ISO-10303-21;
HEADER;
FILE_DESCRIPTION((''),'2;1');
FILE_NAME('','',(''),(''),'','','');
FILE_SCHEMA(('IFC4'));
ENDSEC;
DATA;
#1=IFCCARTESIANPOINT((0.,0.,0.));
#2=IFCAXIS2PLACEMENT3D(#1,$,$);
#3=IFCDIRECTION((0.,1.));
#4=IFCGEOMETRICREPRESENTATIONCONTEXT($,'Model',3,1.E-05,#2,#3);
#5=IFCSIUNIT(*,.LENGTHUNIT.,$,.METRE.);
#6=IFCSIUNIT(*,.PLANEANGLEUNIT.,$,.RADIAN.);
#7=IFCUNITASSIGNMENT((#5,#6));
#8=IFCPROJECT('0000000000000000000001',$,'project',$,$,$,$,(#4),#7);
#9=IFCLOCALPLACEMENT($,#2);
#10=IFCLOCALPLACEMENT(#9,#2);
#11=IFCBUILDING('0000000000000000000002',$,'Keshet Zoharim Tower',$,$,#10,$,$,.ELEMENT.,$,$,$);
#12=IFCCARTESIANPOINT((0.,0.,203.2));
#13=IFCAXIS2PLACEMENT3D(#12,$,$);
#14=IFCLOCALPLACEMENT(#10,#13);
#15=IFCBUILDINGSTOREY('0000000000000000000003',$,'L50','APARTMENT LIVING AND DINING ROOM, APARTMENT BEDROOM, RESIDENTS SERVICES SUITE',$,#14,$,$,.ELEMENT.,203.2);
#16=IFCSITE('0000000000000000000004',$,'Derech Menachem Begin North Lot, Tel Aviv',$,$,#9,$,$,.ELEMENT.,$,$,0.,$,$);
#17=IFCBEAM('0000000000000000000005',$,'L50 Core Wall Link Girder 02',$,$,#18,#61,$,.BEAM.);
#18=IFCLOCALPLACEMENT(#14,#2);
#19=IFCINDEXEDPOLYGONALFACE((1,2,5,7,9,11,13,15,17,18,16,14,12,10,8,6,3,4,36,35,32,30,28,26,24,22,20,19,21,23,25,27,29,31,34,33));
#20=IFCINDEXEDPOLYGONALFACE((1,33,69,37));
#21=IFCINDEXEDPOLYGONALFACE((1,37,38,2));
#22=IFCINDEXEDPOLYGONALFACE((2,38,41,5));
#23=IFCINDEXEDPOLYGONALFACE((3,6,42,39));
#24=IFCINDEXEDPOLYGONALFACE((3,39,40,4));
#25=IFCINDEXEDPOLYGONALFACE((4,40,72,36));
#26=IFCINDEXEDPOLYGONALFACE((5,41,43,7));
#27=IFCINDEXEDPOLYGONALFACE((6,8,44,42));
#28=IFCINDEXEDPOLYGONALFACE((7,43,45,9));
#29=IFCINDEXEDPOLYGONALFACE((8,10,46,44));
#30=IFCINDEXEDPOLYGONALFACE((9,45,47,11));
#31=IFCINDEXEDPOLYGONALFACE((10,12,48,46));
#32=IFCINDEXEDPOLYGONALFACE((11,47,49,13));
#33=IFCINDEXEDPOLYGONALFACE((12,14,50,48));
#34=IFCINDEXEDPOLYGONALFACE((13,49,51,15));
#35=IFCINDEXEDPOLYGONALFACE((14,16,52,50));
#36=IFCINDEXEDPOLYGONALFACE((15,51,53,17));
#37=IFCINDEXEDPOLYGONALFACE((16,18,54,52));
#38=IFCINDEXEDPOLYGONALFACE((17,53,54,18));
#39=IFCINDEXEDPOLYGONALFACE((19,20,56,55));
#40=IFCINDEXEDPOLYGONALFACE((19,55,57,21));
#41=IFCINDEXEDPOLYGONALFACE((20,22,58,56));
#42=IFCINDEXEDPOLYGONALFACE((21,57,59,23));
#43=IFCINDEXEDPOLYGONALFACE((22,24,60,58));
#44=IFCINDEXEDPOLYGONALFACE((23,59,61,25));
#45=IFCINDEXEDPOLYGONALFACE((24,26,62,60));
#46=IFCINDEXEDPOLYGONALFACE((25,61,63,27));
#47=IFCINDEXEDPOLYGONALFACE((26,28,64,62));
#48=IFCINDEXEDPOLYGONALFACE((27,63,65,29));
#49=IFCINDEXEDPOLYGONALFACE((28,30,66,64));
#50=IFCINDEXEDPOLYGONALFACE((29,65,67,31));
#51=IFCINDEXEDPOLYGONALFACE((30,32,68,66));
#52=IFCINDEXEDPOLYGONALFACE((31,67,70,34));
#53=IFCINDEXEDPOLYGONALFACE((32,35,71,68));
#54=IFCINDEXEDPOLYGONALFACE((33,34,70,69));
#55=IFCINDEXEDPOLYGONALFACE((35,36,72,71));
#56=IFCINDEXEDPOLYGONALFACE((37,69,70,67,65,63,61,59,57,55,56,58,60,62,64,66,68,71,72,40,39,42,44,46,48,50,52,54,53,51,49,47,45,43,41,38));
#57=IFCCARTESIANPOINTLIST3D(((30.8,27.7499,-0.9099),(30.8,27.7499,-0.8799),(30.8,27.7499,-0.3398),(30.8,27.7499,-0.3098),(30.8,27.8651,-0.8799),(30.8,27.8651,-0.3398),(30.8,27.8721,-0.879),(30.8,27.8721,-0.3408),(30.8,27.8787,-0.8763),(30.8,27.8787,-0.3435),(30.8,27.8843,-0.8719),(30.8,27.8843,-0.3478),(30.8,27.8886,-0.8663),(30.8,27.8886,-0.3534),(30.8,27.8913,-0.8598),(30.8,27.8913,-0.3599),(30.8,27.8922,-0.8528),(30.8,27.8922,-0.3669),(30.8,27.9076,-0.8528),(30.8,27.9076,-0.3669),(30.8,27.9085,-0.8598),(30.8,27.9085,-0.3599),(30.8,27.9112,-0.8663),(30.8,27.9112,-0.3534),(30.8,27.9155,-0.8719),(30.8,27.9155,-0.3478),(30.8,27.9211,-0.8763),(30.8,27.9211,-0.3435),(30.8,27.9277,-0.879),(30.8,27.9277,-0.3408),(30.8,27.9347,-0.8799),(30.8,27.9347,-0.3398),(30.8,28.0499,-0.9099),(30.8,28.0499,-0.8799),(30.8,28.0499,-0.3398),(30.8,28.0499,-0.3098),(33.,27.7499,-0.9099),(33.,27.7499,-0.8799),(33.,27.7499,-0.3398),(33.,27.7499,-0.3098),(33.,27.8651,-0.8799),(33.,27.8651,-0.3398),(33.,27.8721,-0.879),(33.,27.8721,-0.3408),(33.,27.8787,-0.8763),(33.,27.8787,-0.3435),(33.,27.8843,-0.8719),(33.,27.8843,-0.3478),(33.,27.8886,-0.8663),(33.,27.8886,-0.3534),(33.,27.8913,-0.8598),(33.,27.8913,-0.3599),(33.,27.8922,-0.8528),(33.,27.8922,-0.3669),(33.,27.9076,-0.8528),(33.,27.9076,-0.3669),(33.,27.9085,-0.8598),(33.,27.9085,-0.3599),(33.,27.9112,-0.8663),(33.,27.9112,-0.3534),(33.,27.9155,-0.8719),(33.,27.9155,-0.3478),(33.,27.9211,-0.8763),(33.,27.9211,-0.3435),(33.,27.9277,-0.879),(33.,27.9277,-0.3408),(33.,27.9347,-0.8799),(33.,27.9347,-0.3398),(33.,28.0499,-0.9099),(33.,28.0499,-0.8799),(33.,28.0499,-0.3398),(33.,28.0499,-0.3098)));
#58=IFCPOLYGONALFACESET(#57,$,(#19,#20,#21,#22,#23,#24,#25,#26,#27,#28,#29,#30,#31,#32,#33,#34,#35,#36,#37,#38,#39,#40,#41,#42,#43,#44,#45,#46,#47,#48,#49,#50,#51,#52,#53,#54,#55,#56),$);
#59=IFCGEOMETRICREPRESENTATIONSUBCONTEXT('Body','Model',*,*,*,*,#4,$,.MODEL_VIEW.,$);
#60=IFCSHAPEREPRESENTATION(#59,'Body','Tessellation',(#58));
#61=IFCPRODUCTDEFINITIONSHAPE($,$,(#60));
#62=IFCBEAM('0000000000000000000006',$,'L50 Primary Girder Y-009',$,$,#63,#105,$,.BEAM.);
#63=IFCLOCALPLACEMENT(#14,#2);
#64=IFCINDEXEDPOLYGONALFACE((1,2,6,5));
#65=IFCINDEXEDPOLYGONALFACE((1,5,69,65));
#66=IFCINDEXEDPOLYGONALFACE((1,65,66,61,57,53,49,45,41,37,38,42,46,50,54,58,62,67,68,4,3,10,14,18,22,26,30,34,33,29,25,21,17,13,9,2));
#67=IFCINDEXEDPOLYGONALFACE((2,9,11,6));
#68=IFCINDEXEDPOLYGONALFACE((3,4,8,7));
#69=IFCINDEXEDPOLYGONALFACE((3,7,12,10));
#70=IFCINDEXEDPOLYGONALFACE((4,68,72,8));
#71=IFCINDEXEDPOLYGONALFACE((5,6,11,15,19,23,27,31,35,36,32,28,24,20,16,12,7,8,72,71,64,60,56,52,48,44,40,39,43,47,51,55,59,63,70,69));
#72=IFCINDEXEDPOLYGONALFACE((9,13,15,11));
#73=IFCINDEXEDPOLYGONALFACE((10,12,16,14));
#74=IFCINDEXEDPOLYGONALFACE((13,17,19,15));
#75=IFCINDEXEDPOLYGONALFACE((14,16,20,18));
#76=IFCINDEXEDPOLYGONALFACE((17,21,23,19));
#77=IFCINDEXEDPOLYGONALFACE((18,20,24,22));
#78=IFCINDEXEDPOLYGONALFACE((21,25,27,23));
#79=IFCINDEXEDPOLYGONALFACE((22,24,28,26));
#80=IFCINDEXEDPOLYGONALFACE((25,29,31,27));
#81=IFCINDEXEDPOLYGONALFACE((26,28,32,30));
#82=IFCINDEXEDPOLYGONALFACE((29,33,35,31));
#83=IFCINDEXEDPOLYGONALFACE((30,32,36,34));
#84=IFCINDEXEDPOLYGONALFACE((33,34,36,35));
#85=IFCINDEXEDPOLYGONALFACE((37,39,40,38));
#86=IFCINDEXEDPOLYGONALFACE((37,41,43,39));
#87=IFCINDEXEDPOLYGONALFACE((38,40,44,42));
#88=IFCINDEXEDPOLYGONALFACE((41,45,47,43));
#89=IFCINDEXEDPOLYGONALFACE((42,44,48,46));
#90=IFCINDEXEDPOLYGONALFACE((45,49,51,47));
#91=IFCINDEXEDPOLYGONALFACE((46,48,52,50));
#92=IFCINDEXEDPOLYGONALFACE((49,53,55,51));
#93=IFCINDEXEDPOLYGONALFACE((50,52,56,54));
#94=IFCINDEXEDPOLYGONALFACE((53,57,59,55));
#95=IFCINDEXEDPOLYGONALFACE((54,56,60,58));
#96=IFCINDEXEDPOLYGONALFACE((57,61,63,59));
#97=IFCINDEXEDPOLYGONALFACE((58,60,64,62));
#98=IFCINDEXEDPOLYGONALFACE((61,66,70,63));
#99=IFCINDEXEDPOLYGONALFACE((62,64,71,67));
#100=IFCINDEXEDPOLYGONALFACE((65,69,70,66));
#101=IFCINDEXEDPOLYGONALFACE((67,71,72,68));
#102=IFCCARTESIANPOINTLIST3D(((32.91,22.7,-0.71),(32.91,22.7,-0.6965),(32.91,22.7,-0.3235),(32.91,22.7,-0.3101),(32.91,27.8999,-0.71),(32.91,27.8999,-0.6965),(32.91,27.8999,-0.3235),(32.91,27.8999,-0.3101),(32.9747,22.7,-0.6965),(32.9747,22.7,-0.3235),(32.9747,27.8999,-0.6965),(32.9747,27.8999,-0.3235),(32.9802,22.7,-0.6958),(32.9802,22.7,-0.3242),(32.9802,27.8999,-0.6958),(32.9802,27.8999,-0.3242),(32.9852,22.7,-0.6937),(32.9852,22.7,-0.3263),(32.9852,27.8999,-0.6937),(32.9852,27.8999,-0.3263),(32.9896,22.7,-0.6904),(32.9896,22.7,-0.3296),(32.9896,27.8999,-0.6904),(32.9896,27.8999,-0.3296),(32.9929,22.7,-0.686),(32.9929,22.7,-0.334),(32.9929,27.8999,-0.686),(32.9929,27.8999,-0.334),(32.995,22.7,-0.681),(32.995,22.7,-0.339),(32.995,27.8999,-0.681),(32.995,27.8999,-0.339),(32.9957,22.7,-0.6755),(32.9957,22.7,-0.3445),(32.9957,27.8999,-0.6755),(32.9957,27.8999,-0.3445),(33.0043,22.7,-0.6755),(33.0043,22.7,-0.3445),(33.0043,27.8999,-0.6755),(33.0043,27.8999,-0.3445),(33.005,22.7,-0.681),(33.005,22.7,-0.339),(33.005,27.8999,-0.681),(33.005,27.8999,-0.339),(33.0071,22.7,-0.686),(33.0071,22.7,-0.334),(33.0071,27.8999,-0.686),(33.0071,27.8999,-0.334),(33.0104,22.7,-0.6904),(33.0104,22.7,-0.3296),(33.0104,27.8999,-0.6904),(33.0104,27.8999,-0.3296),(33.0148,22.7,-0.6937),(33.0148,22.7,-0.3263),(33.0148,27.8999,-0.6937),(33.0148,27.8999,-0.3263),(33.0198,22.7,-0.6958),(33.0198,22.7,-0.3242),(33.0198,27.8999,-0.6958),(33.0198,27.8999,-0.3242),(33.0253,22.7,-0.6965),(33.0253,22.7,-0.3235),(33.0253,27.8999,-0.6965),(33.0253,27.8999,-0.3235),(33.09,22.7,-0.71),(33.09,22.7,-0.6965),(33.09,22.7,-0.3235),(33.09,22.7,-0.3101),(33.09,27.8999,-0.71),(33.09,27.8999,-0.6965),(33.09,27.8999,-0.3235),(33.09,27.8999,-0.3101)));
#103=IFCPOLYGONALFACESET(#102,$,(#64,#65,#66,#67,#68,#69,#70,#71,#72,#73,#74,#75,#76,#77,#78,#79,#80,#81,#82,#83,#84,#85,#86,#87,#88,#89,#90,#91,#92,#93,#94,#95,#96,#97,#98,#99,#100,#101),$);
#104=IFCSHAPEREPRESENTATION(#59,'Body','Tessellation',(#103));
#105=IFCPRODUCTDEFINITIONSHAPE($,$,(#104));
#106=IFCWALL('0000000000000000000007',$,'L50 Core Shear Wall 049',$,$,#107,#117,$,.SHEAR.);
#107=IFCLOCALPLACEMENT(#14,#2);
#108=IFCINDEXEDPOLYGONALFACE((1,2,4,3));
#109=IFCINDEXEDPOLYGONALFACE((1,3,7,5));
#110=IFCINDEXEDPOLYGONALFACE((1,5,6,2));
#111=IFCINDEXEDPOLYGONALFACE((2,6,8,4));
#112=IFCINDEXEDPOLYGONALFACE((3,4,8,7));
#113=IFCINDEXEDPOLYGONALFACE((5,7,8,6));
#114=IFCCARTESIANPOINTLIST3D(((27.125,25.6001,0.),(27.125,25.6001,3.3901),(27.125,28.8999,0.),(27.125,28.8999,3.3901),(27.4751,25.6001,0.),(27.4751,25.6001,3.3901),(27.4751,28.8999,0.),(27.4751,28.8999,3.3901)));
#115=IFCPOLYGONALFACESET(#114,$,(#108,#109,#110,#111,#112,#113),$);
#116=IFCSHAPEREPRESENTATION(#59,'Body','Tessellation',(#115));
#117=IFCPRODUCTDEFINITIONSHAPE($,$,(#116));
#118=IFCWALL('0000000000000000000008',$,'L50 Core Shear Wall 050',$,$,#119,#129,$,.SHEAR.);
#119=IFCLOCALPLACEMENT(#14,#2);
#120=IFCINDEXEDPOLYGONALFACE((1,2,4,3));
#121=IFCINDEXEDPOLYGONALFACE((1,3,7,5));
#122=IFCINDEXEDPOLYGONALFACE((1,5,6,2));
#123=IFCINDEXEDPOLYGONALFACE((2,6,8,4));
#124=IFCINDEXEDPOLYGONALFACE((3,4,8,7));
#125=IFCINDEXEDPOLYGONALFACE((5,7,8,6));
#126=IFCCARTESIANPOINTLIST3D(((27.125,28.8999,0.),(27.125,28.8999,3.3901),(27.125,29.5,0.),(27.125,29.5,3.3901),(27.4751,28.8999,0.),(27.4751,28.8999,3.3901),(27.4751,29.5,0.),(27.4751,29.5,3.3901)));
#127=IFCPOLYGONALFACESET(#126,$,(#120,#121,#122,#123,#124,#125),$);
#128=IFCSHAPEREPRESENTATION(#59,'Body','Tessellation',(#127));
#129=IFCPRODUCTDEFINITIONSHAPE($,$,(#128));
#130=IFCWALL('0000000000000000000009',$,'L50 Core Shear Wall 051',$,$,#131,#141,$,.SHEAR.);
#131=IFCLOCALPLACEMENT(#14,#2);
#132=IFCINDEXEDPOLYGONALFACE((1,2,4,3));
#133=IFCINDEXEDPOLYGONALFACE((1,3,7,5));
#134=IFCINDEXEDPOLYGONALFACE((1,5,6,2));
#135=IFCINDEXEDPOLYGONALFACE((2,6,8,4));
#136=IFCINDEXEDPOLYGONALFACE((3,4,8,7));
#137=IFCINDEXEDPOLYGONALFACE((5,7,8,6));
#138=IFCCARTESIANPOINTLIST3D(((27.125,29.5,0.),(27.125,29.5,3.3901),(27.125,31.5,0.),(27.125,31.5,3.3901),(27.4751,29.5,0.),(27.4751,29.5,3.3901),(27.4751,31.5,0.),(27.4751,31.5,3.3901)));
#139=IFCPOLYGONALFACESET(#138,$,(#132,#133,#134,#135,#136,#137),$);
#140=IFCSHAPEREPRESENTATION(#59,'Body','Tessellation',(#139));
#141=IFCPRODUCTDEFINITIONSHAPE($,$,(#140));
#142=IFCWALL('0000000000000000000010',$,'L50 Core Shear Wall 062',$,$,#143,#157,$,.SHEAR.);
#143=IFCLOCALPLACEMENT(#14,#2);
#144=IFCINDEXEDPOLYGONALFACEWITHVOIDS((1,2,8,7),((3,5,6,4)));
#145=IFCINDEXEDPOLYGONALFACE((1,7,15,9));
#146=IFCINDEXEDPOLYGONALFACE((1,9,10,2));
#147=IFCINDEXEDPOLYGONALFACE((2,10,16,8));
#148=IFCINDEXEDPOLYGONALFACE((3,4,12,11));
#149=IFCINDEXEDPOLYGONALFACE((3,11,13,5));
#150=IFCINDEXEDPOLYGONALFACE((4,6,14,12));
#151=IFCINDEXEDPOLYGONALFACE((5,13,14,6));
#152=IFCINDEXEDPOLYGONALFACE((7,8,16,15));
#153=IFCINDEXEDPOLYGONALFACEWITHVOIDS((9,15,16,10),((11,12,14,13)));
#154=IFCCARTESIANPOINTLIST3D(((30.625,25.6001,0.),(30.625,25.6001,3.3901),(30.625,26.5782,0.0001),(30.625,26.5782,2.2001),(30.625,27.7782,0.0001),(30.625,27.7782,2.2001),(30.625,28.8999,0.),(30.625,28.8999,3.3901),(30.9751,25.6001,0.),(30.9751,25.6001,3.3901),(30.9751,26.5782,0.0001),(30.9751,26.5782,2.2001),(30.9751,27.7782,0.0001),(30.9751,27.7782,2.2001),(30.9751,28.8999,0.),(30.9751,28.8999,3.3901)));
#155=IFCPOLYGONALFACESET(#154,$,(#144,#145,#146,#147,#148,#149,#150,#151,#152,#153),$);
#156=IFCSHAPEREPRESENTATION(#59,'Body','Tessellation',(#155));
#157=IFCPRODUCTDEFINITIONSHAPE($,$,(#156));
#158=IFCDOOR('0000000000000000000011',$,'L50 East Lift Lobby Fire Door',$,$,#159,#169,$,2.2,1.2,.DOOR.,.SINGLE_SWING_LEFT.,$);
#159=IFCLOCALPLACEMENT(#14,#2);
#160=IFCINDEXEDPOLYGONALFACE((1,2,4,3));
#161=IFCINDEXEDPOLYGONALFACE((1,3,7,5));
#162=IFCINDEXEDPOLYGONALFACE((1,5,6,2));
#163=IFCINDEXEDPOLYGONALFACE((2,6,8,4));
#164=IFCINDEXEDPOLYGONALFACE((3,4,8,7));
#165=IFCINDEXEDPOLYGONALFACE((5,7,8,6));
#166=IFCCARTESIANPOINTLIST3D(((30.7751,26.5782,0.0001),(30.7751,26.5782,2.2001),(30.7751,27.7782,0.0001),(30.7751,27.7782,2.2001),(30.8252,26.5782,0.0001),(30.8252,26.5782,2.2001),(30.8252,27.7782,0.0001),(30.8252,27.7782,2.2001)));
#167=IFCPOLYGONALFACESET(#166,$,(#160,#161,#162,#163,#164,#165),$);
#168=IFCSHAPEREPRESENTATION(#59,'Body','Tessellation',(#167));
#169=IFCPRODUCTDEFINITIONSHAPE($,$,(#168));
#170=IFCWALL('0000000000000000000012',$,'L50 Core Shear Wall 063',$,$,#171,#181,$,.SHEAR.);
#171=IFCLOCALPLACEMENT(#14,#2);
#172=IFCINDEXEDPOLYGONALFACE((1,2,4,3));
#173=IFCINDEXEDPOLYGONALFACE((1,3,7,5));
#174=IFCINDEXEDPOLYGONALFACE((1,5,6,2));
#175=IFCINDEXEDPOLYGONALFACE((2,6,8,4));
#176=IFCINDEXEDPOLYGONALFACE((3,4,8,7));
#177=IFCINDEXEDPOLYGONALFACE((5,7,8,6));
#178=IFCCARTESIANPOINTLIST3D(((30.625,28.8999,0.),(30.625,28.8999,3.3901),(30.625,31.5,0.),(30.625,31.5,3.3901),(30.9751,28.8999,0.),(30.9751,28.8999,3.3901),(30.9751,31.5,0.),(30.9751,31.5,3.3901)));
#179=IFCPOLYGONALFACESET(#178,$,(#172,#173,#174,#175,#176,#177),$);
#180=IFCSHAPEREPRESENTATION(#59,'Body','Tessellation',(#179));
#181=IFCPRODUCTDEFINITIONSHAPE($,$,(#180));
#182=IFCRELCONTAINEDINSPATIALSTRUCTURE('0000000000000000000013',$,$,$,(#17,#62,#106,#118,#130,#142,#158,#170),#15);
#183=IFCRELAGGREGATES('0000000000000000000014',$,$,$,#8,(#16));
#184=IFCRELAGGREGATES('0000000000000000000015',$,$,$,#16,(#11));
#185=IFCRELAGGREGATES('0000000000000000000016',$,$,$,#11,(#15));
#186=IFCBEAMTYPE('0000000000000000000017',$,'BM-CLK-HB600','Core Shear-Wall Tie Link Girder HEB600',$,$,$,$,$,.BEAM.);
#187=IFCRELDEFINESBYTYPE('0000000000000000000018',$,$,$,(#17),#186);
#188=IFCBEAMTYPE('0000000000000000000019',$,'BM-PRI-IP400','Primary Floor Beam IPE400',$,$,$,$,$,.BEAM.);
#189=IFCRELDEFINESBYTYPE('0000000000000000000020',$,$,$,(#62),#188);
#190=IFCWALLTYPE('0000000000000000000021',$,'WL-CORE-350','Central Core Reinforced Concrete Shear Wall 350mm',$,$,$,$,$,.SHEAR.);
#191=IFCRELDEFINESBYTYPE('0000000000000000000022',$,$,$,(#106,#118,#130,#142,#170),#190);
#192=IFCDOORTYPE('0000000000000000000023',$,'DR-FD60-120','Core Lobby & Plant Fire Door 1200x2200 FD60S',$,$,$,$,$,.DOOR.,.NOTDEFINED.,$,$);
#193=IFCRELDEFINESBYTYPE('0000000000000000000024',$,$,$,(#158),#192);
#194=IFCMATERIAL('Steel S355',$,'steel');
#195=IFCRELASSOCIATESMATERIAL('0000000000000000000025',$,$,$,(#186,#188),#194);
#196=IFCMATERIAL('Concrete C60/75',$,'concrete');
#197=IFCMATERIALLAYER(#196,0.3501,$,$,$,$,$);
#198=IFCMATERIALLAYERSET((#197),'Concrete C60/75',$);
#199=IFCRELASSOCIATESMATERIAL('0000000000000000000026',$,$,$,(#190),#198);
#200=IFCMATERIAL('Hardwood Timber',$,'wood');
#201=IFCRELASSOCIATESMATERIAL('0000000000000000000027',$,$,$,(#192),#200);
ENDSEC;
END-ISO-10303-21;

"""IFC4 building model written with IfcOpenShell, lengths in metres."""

from ifc_helpers import new_model, si_unit, direction, frame, frame_2d, origin, origin_2d, place, context, subcontext, project, spatial, rectangle, i_section, extrude, material, layer, layer_set, material_profile, profile_set, type_object, element, fill, save


model = new_model("IFC4")

# Units and contexts
model_context = context("Model", 3, precision=1e-05, world=origin(), true_north=direction((0.0, 1.0)))
body_context = subcontext(model_context, "Body", "Model", "MODEL_VIEW")
ifc_project = project(units=[si_unit("LENGTHUNIT", "METRE"), si_unit("PLANEANGLEUNIT", "RADIAN")], contexts=[model_context])

# Site, building, storey
site_placement = place(None, origin())
site = spatial("IfcSite", under=ifc_project, at=site_placement, Name="Derech Menachem Begin North Lot, Tel Aviv", CompositionType="ELEMENT", RefElevation=0.0)
building_placement = place(site_placement, origin())
building = spatial("IfcBuilding", under=site, at=building_placement, Name="Keshet Zoharim Tower", CompositionType="ELEMENT")
storey_placement = place(building_placement, frame((0.0, 0.0, 203.2)))
storey = spatial("IfcBuildingStorey", under=building, at=storey_placement, Name="L50", Description="APARTMENT LIVING AND DINING ROOM, APARTMENT BEDROOM, RESIDENTS SERVICES SUITE", CompositionType="ELEMENT", Elevation=203.2)

# Beams
ifc_material_1 = material(Name="Steel S355", Category="steel")
ifc_material_profile_1 = material_profile(ifc_material_1, i_section(OverallWidth=0.3, OverallDepth=0.6001, WebThickness=0.0154, FlangeThickness=0.03, FilletRadius=0.0271, at=origin_2d()), Name="HEB600")
ifc_profile_set_1 = profile_set([ifc_material_profile_1], Name="Steel S355")
beam_type_1 = type_object("IfcBeamType", Name="BM-CLK-HB600", Description="Core Shear-Wall Tie Link Girder HEB600", PredefinedType="BEAM", material=ifc_profile_set_1)
beam_1_placement = place(storey_placement, frame((30.8, 27.8999, -0.6099), z_axis=(1.0, 0.0, 0.0), x_axis=(0.0, 1.0, 0.0)))
element("IfcBeam", 1, at=beam_1_placement, inside=storey, type_object=beam_type_1, Name="L50 Core Wall Link Girder 02", PredefinedType="BEAM", context=body_context, shape_type="SweptSolid", body=[
    extrude(i_section(OverallWidth=0.3, OverallDepth=0.6001, WebThickness=0.0154, FlangeThickness=0.03, FilletRadius=0.0271, at=origin_2d()), origin(), (0.0, 0.0, 1.0), 2.2),
])
ifc_material_profile_2 = material_profile(ifc_material_1, i_section(OverallWidth=0.1799, OverallDepth=0.3999, WebThickness=0.0085, FlangeThickness=0.0134, FilletRadius=0.021, at=origin_2d()), Name="IPE400")
ifc_profile_set_2 = profile_set([ifc_material_profile_2], Name="Steel S355")
beam_type_2 = type_object("IfcBeamType", Name="BM-PRI-IP400", Description="Primary Floor Beam IPE400", PredefinedType="BEAM", material=ifc_profile_set_2)
beam_2_placement = place(storey_placement, frame((33.0, 22.7, -0.51), z_axis=(0.0, 1.0, 0.0), x_axis=(-1.0, 0.0, 0.0)))
element("IfcBeam", 2, at=beam_2_placement, inside=storey, type_object=beam_type_2, Name="L50 Primary Girder Y-009", PredefinedType="BEAM", context=body_context, shape_type="SweptSolid", body=[
    extrude(i_section(OverallWidth=0.1799, OverallDepth=0.3999, WebThickness=0.0085, FlangeThickness=0.0134, FilletRadius=0.021, at=origin_2d()), origin(), (0.0, 0.0, 1.0), 5.2),
])

# Walls
ifc_material_2 = material(Name="Concrete C60/75", Category="concrete")
ifc_layer_1 = layer(ifc_material_2, 0.3501)
ifc_layer_set_1 = layer_set([ifc_layer_1], Name="Concrete C60/75")
wall_type_1 = type_object("IfcWallType", Name="WL-CORE-350", Description="Central Core Reinforced Concrete Shear Wall 350mm", PredefinedType="SHEAR", material=ifc_layer_set_1)
wall_1_placement = place(storey_placement, frame((27.3, 25.6001, 0.0), z_axis=(0.0, 0.0, 1.0), x_axis=(0.0, 1.0, 0.0)))
element("IfcWall", 3, at=wall_1_placement, inside=storey, type_object=wall_type_1, Name="L50 Core Shear Wall 049", PredefinedType="SHEAR", context=body_context, shape_type="SweptSolid", body=[
    extrude(rectangle(XDim=3.2998, YDim=0.3501, at=frame_2d((1.6499, 0.0))), origin(), (0.0, 0.0, 1.0), 3.3901),
])
wall_2_placement = place(storey_placement, frame((27.3, 28.8999, 0.0), z_axis=(0.0, 0.0, 1.0), x_axis=(0.0, 1.0, 0.0)))
element("IfcWall", 4, at=wall_2_placement, inside=storey, type_object=wall_type_1, Name="L50 Core Shear Wall 050", PredefinedType="SHEAR", context=body_context, shape_type="SweptSolid", body=[
    extrude(rectangle(XDim=0.6001, YDim=0.3501, at=frame_2d((0.3, 0.0))), origin(), (0.0, 0.0, 1.0), 3.3901),
])
wall_3_placement = place(storey_placement, frame((27.3, 29.5, 0.0), z_axis=(0.0, 0.0, 1.0), x_axis=(0.0, 1.0, 0.0)))
element("IfcWall", 5, at=wall_3_placement, inside=storey, type_object=wall_type_1, Name="L50 Core Shear Wall 051", PredefinedType="SHEAR", context=body_context, shape_type="SweptSolid", body=[
    extrude(rectangle(XDim=2.0, YDim=0.3501, at=frame_2d((1.0, 0.0))), origin(), (0.0, 0.0, 1.0), 3.3901),
])

# Wall, opening, door
wall_4_placement = place(storey_placement, frame((30.8, 25.6001, 0.0), z_axis=(0.0, 0.0, 1.0), x_axis=(0.0, 1.0, 0.0)))
wall_4 = element("IfcWall", 6, at=wall_4_placement, inside=storey, type_object=wall_type_1, Name="L50 Core Shear Wall 062", PredefinedType="SHEAR", context=body_context, shape_type="SweptSolid", body=[
    extrude(rectangle(XDim=3.2998, YDim=0.3501, at=frame_2d((1.6499, 0.0))), origin(), (0.0, 0.0, 1.0), 3.3901),
])
opening_1_placement = place(wall_4_placement, frame((0.978, 0.0, 0.0)))
opening_1 = element("IfcOpeningElement", 7, at=opening_1_placement, cuts=wall_4, PredefinedType="OPENING", context=body_context, shape_type="SweptSolid", body=[
    extrude(rectangle(XDim=1.2, YDim=2.2, at=frame_2d((0.6001, 1.1001))), frame((0.0, 0.1851, 0.0), z_axis=(0.0, -1.0, 0.0), x_axis=(1.0, 0.0, 0.0)), (0.0, 0.0, 1.0), 0.3701),
])
ifc_material_3 = material(Name="Hardwood Timber", Category="wood")
door_type_1 = type_object("IfcDoorType", Name="DR-FD60-120", Description="Core Lobby & Plant Fire Door 1200x2200 FD60S", OperationType="NOTDEFINED", PredefinedType="DOOR", material=ifc_material_3)
door_1_placement = place(opening_1_placement, origin())
door_1 = element("IfcDoor", 8, at=door_1_placement, inside=storey, type_object=door_type_1, Name="L50 East Lift Lobby Fire Door", OperationType="SINGLE_SWING_LEFT", OverallHeight=2.2, OverallWidth=1.2, PredefinedType="DOOR", context=body_context, shape_type="SweptSolid", body=[
    extrude(rectangle(XDim=1.2, YDim=2.2, at=frame_2d((0.6001, 1.1001))), frame((0.0, 0.0249, 0.0), z_axis=(0.0, -1.0, 0.0), x_axis=(1.0, 0.0, 0.0)), (0.0, 0.0, 1.0), 0.05),
])
fill(opening_1, door_1)

# Wall
wall_5_placement = place(storey_placement, frame((30.8, 28.8999, 0.0), z_axis=(0.0, 0.0, 1.0), x_axis=(0.0, 1.0, 0.0)))
element("IfcWall", 9, at=wall_5_placement, inside=storey, type_object=wall_type_1, Name="L50 Core Shear Wall 063", PredefinedType="SHEAR", context=body_context, shape_type="SweptSolid", body=[
    extrude(rectangle(XDim=2.6001, YDim=0.3501, at=frame_2d((1.3, 0.0))), origin(), (0.0, 0.0, 1.0), 3.3901),
])

save(model, "model.ifc")
